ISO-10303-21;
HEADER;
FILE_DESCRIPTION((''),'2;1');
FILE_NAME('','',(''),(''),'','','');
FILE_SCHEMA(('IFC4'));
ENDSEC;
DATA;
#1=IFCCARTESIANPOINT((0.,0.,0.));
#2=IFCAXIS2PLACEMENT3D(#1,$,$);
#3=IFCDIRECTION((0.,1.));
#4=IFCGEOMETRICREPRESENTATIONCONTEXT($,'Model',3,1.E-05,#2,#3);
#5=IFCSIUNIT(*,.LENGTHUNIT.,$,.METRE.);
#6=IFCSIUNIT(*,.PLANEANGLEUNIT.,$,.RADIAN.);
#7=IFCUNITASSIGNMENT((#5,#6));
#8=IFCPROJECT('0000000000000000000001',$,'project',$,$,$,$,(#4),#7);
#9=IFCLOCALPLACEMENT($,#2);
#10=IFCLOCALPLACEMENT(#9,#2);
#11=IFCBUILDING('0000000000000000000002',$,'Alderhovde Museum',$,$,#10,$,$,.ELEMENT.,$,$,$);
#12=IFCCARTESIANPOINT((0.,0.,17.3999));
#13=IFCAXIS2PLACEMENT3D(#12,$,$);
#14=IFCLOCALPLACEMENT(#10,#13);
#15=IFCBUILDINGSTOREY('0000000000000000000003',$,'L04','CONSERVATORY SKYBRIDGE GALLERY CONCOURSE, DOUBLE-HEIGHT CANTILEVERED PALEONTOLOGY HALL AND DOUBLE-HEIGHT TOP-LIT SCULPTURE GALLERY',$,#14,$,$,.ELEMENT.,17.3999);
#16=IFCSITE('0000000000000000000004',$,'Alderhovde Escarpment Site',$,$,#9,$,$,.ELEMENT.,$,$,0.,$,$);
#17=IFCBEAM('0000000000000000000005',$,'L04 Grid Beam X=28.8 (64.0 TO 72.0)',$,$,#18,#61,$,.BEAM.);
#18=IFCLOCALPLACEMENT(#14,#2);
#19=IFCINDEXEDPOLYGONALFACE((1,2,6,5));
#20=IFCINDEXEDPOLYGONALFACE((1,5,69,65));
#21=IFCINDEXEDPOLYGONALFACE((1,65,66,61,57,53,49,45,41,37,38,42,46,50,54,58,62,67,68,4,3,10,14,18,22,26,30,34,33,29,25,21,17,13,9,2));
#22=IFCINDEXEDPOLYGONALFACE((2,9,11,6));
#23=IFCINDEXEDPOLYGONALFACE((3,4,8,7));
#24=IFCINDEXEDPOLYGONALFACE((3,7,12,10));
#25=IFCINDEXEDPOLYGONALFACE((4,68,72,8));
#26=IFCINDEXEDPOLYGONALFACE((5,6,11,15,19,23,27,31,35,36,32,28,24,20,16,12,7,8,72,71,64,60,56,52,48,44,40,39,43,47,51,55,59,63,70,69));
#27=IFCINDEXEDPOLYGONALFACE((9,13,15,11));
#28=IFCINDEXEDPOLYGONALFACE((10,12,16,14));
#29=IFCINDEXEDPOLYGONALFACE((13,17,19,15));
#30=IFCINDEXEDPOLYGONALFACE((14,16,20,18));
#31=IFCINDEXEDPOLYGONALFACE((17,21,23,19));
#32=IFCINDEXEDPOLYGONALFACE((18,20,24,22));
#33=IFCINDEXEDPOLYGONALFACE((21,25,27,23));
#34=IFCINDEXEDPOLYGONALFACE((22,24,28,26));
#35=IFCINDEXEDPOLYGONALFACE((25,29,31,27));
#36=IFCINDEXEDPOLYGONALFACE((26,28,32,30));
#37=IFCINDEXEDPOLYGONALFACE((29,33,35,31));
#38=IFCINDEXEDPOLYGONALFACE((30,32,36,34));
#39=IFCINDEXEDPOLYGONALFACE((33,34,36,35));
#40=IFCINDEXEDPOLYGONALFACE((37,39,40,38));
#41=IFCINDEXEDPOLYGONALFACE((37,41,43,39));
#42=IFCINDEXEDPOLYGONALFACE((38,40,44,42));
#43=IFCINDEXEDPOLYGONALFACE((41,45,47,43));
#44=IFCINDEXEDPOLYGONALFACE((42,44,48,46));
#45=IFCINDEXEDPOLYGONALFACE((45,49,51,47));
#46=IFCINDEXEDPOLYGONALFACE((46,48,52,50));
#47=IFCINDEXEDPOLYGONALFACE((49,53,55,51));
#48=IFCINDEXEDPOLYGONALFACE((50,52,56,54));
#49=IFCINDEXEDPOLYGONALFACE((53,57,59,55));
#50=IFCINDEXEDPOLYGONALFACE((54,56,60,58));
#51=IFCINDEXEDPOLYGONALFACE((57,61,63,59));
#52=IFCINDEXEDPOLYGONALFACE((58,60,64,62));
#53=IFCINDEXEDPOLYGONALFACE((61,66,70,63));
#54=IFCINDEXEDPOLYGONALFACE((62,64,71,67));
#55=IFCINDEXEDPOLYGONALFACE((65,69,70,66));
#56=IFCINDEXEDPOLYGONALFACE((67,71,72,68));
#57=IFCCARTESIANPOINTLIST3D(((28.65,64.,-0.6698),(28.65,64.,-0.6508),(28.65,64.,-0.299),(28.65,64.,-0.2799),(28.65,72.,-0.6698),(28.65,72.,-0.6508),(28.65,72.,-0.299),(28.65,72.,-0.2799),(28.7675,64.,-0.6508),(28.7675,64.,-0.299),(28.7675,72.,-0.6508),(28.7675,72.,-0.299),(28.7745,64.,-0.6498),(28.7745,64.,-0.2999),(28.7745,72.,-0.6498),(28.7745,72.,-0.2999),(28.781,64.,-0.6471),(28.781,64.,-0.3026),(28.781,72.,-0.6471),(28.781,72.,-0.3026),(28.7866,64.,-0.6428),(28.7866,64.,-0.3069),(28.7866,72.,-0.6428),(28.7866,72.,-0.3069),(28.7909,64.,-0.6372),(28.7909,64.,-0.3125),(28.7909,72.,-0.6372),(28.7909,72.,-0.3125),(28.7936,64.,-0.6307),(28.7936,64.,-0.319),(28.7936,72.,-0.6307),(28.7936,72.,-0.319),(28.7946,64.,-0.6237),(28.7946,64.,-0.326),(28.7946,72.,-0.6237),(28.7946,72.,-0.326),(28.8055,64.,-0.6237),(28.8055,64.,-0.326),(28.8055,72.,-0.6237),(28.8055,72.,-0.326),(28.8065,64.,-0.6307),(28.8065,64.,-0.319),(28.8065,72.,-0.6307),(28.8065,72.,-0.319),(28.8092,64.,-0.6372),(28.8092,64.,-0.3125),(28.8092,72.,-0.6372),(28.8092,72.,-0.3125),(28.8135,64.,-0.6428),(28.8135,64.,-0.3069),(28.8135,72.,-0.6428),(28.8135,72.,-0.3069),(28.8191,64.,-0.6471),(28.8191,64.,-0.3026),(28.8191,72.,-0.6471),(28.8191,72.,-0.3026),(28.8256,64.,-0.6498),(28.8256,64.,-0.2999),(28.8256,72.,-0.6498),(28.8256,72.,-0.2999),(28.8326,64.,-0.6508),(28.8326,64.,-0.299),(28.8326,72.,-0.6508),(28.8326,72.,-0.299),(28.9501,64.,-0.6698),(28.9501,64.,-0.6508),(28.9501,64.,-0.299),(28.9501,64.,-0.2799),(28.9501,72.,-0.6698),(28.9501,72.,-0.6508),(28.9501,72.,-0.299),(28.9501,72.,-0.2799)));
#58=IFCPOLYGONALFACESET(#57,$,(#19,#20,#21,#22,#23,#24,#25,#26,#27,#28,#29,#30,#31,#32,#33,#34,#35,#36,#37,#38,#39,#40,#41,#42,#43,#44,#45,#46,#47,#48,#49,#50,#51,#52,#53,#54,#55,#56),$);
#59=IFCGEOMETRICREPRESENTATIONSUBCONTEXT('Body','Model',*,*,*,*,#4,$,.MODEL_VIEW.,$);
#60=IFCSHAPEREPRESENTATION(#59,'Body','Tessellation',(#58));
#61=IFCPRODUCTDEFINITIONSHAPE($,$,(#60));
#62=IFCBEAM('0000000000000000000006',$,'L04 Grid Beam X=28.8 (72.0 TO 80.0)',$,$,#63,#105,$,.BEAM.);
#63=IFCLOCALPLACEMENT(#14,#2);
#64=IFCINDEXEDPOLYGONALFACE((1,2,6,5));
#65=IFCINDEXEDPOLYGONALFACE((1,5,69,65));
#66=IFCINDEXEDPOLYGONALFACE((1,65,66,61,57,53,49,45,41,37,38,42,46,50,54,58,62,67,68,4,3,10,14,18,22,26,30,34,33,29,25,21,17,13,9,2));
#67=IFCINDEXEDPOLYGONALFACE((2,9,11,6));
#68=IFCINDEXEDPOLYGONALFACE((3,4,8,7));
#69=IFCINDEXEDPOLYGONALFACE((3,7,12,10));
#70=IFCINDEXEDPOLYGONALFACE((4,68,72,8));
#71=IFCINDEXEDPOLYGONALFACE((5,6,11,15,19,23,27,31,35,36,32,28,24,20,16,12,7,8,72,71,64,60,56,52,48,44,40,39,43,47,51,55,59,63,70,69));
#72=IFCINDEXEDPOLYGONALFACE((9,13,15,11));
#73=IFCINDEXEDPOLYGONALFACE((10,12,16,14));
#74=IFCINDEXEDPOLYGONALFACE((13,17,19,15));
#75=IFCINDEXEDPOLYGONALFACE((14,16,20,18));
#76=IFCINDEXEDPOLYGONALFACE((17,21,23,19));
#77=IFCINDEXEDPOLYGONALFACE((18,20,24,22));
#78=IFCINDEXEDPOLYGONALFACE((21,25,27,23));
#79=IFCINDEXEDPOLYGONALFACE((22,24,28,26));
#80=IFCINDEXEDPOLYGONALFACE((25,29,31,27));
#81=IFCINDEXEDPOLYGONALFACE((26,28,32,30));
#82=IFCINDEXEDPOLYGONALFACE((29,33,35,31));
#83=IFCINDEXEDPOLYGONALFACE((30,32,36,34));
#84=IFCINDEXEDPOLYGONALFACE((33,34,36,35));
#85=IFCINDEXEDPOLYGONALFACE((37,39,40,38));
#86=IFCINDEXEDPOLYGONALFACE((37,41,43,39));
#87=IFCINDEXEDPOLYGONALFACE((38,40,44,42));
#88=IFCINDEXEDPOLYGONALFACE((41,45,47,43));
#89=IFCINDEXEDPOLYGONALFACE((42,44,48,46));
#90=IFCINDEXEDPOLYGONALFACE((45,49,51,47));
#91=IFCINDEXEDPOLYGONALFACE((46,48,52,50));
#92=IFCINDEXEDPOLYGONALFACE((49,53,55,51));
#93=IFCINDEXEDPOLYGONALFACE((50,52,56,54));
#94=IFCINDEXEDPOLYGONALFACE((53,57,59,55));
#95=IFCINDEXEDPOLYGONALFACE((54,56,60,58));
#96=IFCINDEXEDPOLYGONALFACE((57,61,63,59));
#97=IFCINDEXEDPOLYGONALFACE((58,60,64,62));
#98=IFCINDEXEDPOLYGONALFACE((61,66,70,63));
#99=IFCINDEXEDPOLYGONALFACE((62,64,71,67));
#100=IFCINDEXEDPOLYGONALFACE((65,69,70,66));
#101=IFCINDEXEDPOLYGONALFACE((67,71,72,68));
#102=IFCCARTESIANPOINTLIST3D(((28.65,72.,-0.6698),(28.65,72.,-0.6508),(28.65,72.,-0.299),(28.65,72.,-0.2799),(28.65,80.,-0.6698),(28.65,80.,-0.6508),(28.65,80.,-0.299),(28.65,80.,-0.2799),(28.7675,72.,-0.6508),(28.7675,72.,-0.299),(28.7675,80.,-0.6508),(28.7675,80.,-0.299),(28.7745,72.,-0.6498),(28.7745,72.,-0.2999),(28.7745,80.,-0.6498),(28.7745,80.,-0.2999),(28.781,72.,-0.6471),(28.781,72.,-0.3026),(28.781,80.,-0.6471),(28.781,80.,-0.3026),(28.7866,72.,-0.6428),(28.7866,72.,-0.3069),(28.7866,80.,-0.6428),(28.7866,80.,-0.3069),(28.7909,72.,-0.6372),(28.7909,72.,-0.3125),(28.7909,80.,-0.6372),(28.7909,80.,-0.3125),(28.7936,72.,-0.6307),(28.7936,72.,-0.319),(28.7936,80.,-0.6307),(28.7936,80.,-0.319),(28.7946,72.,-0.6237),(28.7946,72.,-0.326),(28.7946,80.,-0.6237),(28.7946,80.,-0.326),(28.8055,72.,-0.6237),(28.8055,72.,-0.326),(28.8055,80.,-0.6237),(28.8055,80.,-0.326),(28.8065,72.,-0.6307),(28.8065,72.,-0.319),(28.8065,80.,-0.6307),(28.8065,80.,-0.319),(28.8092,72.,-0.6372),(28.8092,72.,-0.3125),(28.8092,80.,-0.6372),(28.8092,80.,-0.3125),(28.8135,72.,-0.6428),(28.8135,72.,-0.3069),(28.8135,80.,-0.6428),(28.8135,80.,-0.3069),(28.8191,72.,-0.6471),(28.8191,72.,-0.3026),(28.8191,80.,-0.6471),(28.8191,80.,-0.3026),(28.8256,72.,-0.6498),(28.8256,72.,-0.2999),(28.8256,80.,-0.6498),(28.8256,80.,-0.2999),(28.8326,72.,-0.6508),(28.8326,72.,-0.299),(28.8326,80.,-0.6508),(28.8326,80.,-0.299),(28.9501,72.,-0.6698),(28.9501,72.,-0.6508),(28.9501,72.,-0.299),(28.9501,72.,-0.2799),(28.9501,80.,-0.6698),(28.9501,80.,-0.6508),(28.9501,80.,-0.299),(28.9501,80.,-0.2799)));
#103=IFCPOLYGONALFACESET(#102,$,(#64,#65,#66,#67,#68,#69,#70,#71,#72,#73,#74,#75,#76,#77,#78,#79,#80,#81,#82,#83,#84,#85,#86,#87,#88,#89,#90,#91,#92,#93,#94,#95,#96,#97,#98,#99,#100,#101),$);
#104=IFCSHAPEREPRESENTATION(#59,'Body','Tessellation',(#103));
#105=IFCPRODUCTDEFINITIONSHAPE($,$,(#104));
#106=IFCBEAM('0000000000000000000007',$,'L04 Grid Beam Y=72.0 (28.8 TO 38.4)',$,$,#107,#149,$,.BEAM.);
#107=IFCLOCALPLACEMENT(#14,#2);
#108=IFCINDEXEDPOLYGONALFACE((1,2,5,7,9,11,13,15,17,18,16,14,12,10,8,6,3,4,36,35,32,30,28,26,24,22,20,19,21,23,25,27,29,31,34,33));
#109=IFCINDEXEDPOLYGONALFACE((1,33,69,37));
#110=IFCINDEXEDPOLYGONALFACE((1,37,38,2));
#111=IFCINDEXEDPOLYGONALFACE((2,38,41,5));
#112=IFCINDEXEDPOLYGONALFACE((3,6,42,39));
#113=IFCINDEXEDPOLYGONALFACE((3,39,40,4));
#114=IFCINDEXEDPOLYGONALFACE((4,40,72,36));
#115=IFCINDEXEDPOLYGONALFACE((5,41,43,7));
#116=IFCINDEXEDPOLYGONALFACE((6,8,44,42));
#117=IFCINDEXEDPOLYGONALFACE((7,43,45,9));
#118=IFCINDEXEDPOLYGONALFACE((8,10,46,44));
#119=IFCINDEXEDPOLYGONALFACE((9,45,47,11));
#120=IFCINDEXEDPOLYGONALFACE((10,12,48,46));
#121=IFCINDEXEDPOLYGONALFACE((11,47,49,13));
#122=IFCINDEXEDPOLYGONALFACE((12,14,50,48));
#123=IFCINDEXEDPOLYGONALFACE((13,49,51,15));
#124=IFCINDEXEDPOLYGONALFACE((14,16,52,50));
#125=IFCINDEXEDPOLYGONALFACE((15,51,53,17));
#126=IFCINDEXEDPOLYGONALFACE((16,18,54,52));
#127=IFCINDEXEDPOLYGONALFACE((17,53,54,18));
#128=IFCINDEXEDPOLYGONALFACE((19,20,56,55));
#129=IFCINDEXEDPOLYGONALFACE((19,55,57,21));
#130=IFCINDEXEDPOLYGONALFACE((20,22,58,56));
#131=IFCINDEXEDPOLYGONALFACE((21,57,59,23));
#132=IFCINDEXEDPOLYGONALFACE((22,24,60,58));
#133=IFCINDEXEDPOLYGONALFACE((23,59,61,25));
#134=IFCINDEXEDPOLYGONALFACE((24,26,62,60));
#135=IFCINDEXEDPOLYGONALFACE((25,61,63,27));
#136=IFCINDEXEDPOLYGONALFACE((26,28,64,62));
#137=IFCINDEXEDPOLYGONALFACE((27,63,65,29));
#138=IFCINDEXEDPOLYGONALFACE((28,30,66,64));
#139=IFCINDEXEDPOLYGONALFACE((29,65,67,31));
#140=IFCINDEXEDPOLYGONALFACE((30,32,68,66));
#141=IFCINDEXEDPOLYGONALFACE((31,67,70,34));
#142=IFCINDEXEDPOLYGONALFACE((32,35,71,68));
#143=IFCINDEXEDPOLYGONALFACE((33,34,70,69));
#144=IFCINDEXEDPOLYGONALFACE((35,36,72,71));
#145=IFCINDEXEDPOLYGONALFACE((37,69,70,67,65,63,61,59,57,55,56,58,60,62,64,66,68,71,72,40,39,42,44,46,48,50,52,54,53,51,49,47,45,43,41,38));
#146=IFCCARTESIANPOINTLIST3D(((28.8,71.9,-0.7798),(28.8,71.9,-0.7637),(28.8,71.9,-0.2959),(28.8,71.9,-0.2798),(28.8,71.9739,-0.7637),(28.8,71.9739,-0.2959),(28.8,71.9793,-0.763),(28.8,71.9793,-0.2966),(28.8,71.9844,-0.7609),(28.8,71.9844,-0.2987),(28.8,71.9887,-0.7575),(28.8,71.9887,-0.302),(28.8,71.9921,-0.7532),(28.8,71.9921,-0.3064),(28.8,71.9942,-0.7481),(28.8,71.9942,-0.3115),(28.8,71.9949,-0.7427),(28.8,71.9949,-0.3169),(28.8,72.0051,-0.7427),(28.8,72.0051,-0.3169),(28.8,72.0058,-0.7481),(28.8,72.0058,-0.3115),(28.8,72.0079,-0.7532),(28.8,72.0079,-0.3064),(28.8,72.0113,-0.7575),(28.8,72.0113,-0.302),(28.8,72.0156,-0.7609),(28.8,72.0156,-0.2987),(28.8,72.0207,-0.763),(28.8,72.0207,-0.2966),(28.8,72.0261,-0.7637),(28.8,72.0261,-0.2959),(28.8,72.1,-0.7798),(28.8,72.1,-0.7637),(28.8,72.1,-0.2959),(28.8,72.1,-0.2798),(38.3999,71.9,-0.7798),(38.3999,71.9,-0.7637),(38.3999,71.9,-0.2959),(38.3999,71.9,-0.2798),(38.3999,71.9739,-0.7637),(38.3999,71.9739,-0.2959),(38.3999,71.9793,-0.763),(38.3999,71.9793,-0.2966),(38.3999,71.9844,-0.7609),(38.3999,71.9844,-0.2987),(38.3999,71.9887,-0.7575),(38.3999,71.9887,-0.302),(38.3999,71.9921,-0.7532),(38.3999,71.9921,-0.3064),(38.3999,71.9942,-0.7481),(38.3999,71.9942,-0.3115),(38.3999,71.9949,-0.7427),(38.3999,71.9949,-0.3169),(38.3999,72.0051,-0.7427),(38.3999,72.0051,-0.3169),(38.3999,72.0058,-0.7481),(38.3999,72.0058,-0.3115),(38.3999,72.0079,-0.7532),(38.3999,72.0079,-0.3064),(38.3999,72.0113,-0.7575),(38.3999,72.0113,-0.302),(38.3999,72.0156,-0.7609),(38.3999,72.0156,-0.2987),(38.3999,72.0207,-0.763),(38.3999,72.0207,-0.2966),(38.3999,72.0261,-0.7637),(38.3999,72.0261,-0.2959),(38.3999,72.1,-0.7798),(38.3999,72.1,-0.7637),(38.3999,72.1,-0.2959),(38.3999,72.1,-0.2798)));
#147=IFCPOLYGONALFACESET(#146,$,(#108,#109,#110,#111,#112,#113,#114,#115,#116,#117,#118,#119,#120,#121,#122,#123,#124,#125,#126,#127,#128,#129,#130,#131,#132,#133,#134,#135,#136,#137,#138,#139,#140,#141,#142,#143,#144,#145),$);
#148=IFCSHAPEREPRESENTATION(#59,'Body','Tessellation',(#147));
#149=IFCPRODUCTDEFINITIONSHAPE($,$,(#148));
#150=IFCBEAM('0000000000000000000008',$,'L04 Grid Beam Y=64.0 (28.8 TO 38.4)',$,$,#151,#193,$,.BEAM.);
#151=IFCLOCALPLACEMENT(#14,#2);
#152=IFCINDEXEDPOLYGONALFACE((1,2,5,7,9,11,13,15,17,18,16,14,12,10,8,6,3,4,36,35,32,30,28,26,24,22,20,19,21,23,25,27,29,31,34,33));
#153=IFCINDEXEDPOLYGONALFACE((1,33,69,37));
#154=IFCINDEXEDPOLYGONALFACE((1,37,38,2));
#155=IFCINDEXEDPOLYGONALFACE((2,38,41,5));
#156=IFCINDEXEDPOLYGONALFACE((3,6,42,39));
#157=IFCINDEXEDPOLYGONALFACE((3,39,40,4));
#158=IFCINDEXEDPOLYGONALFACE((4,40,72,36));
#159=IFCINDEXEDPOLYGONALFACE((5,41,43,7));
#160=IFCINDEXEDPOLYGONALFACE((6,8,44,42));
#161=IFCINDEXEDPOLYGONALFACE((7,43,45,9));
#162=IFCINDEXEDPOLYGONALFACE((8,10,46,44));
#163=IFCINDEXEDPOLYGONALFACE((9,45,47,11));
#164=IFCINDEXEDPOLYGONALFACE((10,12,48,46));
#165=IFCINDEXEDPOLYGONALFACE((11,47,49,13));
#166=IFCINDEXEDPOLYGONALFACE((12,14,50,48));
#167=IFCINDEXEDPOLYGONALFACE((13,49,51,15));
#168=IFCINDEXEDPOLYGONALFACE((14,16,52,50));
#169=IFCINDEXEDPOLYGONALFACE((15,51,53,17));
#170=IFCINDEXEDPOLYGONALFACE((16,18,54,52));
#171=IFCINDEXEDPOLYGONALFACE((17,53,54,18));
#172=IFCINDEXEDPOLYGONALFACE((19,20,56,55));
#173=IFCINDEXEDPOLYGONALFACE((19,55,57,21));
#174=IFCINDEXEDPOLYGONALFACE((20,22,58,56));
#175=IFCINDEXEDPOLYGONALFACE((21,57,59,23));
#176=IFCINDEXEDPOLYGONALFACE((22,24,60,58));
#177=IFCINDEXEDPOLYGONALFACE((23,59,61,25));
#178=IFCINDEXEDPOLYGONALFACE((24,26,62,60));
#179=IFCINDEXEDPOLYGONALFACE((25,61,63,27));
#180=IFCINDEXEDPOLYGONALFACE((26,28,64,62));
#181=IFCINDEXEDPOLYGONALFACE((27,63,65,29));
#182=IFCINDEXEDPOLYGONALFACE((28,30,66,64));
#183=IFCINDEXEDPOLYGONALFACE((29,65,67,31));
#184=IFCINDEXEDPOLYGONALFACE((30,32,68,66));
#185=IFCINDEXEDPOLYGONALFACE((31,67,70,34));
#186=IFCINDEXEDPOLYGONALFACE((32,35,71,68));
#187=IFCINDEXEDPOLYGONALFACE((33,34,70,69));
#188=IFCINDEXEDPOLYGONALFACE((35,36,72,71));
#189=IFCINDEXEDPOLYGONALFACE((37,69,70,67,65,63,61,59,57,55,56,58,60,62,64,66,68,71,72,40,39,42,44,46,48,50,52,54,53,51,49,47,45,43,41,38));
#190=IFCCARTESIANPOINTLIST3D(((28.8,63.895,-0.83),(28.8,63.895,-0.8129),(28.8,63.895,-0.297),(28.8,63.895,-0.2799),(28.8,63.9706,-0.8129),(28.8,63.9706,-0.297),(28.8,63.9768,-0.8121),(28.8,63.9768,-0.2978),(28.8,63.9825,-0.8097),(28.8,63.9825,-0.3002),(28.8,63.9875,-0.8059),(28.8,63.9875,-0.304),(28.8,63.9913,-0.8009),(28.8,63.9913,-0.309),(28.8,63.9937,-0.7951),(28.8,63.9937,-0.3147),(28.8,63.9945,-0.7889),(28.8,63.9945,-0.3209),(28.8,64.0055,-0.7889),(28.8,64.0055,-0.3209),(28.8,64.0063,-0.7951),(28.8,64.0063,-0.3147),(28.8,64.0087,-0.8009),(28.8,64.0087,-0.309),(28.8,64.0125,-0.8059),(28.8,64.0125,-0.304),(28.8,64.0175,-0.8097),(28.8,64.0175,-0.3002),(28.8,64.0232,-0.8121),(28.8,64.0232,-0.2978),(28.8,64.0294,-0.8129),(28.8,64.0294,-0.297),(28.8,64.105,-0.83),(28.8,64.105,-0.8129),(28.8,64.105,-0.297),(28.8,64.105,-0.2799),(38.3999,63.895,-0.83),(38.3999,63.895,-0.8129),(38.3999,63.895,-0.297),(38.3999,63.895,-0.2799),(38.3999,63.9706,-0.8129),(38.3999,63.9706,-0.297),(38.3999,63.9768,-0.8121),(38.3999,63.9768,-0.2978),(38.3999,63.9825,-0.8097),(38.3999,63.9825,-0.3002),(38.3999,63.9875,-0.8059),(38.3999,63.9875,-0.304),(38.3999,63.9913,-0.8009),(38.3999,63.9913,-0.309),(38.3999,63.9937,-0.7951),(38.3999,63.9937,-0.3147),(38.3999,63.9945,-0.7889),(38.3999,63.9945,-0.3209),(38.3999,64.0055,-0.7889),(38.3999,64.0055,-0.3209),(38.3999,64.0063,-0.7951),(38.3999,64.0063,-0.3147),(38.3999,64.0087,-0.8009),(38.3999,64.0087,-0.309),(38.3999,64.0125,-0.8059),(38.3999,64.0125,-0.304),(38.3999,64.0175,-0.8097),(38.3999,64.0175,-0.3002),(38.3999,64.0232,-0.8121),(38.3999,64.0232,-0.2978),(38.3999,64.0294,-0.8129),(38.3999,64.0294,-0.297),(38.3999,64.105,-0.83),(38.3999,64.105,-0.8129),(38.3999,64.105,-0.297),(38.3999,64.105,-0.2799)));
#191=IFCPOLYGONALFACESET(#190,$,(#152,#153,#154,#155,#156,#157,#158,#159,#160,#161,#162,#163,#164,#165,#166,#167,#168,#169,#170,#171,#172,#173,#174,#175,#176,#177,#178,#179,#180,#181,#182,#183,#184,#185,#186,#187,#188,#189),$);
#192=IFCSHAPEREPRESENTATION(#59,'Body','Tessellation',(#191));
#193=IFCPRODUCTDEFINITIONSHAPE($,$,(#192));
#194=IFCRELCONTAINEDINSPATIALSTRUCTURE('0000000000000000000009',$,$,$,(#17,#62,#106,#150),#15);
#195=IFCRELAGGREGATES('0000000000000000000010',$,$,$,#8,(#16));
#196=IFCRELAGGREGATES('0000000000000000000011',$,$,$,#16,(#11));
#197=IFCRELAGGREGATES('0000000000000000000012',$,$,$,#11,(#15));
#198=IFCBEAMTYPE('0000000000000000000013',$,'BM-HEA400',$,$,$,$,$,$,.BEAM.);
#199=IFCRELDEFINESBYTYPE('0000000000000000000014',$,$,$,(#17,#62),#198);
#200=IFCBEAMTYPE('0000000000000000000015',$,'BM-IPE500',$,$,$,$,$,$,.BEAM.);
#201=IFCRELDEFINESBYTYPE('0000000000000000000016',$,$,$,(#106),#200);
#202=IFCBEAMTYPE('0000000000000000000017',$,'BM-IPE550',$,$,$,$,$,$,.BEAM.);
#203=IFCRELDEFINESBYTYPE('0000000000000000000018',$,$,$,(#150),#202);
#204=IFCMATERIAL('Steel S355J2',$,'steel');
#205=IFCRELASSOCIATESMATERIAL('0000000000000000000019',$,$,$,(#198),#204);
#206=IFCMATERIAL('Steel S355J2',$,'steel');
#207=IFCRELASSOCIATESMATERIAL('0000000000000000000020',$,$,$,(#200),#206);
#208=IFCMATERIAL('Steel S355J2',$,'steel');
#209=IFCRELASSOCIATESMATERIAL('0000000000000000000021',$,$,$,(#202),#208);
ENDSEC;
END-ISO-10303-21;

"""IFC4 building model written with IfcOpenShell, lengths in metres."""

from ifc_helpers import new_model, si_unit, direction, frame, origin, origin_2d, place, context, subcontext, project, spatial, i_section, extrude, material, material_profile, profile_set, type_object, element, save


model = new_model("IFC4")

# Units and contexts
model_context = context("Model", 3, precision=1e-05, world=origin(), true_north=direction((0.0, 1.0)))
body_context = subcontext(model_context, "Body", "Model", "MODEL_VIEW")
ifc_project = project(units=[si_unit("LENGTHUNIT", "METRE"), si_unit("PLANEANGLEUNIT", "RADIAN")], contexts=[model_context])

# Site, building, storey
site_placement = place(None, origin())
site = spatial("IfcSite", under=ifc_project, at=site_placement, Name="Alderhovde Escarpment Site", CompositionType="ELEMENT", RefElevation=0.0)
building_placement = place(site_placement, origin())
building = spatial("IfcBuilding", under=site, at=building_placement, Name="Alderhovde Museum", CompositionType="ELEMENT")
storey_placement = place(building_placement, frame((0.0, 0.0, 17.3999)))
storey = spatial("IfcBuildingStorey", under=building, at=storey_placement, Name="L04", Description="CONSERVATORY SKYBRIDGE GALLERY CONCOURSE, DOUBLE-HEIGHT CANTILEVERED PALEONTOLOGY HALL AND DOUBLE-HEIGHT TOP-LIT SCULPTURE GALLERY", CompositionType="ELEMENT", Elevation=17.3999)

# Beams
ifc_material_1 = material(Name="Steel S355J2", Category="steel")
ifc_material_profile_1 = material_profile(ifc_material_1, i_section(OverallWidth=0.3, OverallDepth=0.3899, WebThickness=0.011, FlangeThickness=0.019, FilletRadius=0.0271, at=origin_2d()), Name="HEA 400")
ifc_profile_set_1 = profile_set([ifc_material_profile_1], Name="Steel S355J2")
beam_type_1 = type_object("IfcBeamType", Name="BM-HEA400", PredefinedType="BEAM", material=ifc_profile_set_1)
for number, where, z_axis, x_axis, name in (
    (1, (28.8, 64.0, -0.4749), (0.0, 1.0, 0.0), (-1.0, 0.0, 0.0), "L04 Grid Beam X=28.8 (64.0 TO 72.0)"),
    (2, (28.8, 72.0, -0.4749), (0.0, 1.0, 0.0), (-1.0, 0.0, 0.0), "L04 Grid Beam X=28.8 (72.0 TO 80.0)"),
):
    element("IfcBeam", number, at=place(storey_placement, frame(where, z_axis=z_axis, x_axis=x_axis)), inside=storey, type_object=beam_type_1, Name=name, PredefinedType="BEAM", context=body_context, shape_type="SweptSolid", body=[
        extrude(i_section(OverallWidth=0.3, OverallDepth=0.3899, WebThickness=0.011, FlangeThickness=0.019, FilletRadius=0.0271, at=origin_2d()), origin(), (0.0, 0.0, 1.0), 8.0),
    ])
ifc_material_2 = material(Name="Steel S355J2", Category="steel")
ifc_material_profile_2 = material_profile(ifc_material_2, i_section(OverallWidth=0.2, OverallDepth=0.5, WebThickness=0.0103, FlangeThickness=0.0161, FilletRadius=0.021, at=origin_2d()), Name="IPE 500")
ifc_profile_set_2 = profile_set([ifc_material_profile_2], Name="Steel S355J2")
beam_type_2 = type_object("IfcBeamType", Name="BM-IPE500", PredefinedType="BEAM", material=ifc_profile_set_2)
beam_1_placement = place(storey_placement, frame((28.8, 72.0, -0.5298), z_axis=(1.0, 0.0, 0.0), x_axis=(0.0, 1.0, 0.0)))
element("IfcBeam", 3, at=beam_1_placement, inside=storey, type_object=beam_type_2, Name="L04 Grid Beam Y=72.0 (28.8 TO 38.4)", PredefinedType="BEAM", context=body_context, shape_type="SweptSolid", body=[
    extrude(i_section(OverallWidth=0.2, OverallDepth=0.5, WebThickness=0.0103, FlangeThickness=0.0161, FilletRadius=0.021, at=origin_2d()), origin(), (0.0, 0.0, 1.0), 9.5999),
])
ifc_material_3 = material(Name="Steel S355J2", Category="steel")
ifc_material_profile_3 = material_profile(ifc_material_3, i_section(OverallWidth=0.21, OverallDepth=0.55, WebThickness=0.011, FlangeThickness=0.0171, FilletRadius=0.0239, at=origin_2d()), Name="IPE 550")
ifc_profile_set_3 = profile_set([ifc_material_profile_3], Name="Steel S355J2")
beam_type_3 = type_object("IfcBeamType", Name="BM-IPE550", PredefinedType="BEAM", material=ifc_profile_set_3)
beam_2_placement = place(storey_placement, frame((28.8, 64.0, -0.5549), z_axis=(1.0, 0.0, 0.0), x_axis=(0.0, 1.0, 0.0)))
element("IfcBeam", 4, at=beam_2_placement, inside=storey, type_object=beam_type_3, Name="L04 Grid Beam Y=64.0 (28.8 TO 38.4)", PredefinedType="BEAM", context=body_context, shape_type="SweptSolid", body=[
    extrude(i_section(OverallWidth=0.21, OverallDepth=0.55, WebThickness=0.011, FlangeThickness=0.0171, FilletRadius=0.0239, at=origin_2d()), origin(), (0.0, 0.0, 1.0), 9.5999),
])

save(model, "model.ifc")
